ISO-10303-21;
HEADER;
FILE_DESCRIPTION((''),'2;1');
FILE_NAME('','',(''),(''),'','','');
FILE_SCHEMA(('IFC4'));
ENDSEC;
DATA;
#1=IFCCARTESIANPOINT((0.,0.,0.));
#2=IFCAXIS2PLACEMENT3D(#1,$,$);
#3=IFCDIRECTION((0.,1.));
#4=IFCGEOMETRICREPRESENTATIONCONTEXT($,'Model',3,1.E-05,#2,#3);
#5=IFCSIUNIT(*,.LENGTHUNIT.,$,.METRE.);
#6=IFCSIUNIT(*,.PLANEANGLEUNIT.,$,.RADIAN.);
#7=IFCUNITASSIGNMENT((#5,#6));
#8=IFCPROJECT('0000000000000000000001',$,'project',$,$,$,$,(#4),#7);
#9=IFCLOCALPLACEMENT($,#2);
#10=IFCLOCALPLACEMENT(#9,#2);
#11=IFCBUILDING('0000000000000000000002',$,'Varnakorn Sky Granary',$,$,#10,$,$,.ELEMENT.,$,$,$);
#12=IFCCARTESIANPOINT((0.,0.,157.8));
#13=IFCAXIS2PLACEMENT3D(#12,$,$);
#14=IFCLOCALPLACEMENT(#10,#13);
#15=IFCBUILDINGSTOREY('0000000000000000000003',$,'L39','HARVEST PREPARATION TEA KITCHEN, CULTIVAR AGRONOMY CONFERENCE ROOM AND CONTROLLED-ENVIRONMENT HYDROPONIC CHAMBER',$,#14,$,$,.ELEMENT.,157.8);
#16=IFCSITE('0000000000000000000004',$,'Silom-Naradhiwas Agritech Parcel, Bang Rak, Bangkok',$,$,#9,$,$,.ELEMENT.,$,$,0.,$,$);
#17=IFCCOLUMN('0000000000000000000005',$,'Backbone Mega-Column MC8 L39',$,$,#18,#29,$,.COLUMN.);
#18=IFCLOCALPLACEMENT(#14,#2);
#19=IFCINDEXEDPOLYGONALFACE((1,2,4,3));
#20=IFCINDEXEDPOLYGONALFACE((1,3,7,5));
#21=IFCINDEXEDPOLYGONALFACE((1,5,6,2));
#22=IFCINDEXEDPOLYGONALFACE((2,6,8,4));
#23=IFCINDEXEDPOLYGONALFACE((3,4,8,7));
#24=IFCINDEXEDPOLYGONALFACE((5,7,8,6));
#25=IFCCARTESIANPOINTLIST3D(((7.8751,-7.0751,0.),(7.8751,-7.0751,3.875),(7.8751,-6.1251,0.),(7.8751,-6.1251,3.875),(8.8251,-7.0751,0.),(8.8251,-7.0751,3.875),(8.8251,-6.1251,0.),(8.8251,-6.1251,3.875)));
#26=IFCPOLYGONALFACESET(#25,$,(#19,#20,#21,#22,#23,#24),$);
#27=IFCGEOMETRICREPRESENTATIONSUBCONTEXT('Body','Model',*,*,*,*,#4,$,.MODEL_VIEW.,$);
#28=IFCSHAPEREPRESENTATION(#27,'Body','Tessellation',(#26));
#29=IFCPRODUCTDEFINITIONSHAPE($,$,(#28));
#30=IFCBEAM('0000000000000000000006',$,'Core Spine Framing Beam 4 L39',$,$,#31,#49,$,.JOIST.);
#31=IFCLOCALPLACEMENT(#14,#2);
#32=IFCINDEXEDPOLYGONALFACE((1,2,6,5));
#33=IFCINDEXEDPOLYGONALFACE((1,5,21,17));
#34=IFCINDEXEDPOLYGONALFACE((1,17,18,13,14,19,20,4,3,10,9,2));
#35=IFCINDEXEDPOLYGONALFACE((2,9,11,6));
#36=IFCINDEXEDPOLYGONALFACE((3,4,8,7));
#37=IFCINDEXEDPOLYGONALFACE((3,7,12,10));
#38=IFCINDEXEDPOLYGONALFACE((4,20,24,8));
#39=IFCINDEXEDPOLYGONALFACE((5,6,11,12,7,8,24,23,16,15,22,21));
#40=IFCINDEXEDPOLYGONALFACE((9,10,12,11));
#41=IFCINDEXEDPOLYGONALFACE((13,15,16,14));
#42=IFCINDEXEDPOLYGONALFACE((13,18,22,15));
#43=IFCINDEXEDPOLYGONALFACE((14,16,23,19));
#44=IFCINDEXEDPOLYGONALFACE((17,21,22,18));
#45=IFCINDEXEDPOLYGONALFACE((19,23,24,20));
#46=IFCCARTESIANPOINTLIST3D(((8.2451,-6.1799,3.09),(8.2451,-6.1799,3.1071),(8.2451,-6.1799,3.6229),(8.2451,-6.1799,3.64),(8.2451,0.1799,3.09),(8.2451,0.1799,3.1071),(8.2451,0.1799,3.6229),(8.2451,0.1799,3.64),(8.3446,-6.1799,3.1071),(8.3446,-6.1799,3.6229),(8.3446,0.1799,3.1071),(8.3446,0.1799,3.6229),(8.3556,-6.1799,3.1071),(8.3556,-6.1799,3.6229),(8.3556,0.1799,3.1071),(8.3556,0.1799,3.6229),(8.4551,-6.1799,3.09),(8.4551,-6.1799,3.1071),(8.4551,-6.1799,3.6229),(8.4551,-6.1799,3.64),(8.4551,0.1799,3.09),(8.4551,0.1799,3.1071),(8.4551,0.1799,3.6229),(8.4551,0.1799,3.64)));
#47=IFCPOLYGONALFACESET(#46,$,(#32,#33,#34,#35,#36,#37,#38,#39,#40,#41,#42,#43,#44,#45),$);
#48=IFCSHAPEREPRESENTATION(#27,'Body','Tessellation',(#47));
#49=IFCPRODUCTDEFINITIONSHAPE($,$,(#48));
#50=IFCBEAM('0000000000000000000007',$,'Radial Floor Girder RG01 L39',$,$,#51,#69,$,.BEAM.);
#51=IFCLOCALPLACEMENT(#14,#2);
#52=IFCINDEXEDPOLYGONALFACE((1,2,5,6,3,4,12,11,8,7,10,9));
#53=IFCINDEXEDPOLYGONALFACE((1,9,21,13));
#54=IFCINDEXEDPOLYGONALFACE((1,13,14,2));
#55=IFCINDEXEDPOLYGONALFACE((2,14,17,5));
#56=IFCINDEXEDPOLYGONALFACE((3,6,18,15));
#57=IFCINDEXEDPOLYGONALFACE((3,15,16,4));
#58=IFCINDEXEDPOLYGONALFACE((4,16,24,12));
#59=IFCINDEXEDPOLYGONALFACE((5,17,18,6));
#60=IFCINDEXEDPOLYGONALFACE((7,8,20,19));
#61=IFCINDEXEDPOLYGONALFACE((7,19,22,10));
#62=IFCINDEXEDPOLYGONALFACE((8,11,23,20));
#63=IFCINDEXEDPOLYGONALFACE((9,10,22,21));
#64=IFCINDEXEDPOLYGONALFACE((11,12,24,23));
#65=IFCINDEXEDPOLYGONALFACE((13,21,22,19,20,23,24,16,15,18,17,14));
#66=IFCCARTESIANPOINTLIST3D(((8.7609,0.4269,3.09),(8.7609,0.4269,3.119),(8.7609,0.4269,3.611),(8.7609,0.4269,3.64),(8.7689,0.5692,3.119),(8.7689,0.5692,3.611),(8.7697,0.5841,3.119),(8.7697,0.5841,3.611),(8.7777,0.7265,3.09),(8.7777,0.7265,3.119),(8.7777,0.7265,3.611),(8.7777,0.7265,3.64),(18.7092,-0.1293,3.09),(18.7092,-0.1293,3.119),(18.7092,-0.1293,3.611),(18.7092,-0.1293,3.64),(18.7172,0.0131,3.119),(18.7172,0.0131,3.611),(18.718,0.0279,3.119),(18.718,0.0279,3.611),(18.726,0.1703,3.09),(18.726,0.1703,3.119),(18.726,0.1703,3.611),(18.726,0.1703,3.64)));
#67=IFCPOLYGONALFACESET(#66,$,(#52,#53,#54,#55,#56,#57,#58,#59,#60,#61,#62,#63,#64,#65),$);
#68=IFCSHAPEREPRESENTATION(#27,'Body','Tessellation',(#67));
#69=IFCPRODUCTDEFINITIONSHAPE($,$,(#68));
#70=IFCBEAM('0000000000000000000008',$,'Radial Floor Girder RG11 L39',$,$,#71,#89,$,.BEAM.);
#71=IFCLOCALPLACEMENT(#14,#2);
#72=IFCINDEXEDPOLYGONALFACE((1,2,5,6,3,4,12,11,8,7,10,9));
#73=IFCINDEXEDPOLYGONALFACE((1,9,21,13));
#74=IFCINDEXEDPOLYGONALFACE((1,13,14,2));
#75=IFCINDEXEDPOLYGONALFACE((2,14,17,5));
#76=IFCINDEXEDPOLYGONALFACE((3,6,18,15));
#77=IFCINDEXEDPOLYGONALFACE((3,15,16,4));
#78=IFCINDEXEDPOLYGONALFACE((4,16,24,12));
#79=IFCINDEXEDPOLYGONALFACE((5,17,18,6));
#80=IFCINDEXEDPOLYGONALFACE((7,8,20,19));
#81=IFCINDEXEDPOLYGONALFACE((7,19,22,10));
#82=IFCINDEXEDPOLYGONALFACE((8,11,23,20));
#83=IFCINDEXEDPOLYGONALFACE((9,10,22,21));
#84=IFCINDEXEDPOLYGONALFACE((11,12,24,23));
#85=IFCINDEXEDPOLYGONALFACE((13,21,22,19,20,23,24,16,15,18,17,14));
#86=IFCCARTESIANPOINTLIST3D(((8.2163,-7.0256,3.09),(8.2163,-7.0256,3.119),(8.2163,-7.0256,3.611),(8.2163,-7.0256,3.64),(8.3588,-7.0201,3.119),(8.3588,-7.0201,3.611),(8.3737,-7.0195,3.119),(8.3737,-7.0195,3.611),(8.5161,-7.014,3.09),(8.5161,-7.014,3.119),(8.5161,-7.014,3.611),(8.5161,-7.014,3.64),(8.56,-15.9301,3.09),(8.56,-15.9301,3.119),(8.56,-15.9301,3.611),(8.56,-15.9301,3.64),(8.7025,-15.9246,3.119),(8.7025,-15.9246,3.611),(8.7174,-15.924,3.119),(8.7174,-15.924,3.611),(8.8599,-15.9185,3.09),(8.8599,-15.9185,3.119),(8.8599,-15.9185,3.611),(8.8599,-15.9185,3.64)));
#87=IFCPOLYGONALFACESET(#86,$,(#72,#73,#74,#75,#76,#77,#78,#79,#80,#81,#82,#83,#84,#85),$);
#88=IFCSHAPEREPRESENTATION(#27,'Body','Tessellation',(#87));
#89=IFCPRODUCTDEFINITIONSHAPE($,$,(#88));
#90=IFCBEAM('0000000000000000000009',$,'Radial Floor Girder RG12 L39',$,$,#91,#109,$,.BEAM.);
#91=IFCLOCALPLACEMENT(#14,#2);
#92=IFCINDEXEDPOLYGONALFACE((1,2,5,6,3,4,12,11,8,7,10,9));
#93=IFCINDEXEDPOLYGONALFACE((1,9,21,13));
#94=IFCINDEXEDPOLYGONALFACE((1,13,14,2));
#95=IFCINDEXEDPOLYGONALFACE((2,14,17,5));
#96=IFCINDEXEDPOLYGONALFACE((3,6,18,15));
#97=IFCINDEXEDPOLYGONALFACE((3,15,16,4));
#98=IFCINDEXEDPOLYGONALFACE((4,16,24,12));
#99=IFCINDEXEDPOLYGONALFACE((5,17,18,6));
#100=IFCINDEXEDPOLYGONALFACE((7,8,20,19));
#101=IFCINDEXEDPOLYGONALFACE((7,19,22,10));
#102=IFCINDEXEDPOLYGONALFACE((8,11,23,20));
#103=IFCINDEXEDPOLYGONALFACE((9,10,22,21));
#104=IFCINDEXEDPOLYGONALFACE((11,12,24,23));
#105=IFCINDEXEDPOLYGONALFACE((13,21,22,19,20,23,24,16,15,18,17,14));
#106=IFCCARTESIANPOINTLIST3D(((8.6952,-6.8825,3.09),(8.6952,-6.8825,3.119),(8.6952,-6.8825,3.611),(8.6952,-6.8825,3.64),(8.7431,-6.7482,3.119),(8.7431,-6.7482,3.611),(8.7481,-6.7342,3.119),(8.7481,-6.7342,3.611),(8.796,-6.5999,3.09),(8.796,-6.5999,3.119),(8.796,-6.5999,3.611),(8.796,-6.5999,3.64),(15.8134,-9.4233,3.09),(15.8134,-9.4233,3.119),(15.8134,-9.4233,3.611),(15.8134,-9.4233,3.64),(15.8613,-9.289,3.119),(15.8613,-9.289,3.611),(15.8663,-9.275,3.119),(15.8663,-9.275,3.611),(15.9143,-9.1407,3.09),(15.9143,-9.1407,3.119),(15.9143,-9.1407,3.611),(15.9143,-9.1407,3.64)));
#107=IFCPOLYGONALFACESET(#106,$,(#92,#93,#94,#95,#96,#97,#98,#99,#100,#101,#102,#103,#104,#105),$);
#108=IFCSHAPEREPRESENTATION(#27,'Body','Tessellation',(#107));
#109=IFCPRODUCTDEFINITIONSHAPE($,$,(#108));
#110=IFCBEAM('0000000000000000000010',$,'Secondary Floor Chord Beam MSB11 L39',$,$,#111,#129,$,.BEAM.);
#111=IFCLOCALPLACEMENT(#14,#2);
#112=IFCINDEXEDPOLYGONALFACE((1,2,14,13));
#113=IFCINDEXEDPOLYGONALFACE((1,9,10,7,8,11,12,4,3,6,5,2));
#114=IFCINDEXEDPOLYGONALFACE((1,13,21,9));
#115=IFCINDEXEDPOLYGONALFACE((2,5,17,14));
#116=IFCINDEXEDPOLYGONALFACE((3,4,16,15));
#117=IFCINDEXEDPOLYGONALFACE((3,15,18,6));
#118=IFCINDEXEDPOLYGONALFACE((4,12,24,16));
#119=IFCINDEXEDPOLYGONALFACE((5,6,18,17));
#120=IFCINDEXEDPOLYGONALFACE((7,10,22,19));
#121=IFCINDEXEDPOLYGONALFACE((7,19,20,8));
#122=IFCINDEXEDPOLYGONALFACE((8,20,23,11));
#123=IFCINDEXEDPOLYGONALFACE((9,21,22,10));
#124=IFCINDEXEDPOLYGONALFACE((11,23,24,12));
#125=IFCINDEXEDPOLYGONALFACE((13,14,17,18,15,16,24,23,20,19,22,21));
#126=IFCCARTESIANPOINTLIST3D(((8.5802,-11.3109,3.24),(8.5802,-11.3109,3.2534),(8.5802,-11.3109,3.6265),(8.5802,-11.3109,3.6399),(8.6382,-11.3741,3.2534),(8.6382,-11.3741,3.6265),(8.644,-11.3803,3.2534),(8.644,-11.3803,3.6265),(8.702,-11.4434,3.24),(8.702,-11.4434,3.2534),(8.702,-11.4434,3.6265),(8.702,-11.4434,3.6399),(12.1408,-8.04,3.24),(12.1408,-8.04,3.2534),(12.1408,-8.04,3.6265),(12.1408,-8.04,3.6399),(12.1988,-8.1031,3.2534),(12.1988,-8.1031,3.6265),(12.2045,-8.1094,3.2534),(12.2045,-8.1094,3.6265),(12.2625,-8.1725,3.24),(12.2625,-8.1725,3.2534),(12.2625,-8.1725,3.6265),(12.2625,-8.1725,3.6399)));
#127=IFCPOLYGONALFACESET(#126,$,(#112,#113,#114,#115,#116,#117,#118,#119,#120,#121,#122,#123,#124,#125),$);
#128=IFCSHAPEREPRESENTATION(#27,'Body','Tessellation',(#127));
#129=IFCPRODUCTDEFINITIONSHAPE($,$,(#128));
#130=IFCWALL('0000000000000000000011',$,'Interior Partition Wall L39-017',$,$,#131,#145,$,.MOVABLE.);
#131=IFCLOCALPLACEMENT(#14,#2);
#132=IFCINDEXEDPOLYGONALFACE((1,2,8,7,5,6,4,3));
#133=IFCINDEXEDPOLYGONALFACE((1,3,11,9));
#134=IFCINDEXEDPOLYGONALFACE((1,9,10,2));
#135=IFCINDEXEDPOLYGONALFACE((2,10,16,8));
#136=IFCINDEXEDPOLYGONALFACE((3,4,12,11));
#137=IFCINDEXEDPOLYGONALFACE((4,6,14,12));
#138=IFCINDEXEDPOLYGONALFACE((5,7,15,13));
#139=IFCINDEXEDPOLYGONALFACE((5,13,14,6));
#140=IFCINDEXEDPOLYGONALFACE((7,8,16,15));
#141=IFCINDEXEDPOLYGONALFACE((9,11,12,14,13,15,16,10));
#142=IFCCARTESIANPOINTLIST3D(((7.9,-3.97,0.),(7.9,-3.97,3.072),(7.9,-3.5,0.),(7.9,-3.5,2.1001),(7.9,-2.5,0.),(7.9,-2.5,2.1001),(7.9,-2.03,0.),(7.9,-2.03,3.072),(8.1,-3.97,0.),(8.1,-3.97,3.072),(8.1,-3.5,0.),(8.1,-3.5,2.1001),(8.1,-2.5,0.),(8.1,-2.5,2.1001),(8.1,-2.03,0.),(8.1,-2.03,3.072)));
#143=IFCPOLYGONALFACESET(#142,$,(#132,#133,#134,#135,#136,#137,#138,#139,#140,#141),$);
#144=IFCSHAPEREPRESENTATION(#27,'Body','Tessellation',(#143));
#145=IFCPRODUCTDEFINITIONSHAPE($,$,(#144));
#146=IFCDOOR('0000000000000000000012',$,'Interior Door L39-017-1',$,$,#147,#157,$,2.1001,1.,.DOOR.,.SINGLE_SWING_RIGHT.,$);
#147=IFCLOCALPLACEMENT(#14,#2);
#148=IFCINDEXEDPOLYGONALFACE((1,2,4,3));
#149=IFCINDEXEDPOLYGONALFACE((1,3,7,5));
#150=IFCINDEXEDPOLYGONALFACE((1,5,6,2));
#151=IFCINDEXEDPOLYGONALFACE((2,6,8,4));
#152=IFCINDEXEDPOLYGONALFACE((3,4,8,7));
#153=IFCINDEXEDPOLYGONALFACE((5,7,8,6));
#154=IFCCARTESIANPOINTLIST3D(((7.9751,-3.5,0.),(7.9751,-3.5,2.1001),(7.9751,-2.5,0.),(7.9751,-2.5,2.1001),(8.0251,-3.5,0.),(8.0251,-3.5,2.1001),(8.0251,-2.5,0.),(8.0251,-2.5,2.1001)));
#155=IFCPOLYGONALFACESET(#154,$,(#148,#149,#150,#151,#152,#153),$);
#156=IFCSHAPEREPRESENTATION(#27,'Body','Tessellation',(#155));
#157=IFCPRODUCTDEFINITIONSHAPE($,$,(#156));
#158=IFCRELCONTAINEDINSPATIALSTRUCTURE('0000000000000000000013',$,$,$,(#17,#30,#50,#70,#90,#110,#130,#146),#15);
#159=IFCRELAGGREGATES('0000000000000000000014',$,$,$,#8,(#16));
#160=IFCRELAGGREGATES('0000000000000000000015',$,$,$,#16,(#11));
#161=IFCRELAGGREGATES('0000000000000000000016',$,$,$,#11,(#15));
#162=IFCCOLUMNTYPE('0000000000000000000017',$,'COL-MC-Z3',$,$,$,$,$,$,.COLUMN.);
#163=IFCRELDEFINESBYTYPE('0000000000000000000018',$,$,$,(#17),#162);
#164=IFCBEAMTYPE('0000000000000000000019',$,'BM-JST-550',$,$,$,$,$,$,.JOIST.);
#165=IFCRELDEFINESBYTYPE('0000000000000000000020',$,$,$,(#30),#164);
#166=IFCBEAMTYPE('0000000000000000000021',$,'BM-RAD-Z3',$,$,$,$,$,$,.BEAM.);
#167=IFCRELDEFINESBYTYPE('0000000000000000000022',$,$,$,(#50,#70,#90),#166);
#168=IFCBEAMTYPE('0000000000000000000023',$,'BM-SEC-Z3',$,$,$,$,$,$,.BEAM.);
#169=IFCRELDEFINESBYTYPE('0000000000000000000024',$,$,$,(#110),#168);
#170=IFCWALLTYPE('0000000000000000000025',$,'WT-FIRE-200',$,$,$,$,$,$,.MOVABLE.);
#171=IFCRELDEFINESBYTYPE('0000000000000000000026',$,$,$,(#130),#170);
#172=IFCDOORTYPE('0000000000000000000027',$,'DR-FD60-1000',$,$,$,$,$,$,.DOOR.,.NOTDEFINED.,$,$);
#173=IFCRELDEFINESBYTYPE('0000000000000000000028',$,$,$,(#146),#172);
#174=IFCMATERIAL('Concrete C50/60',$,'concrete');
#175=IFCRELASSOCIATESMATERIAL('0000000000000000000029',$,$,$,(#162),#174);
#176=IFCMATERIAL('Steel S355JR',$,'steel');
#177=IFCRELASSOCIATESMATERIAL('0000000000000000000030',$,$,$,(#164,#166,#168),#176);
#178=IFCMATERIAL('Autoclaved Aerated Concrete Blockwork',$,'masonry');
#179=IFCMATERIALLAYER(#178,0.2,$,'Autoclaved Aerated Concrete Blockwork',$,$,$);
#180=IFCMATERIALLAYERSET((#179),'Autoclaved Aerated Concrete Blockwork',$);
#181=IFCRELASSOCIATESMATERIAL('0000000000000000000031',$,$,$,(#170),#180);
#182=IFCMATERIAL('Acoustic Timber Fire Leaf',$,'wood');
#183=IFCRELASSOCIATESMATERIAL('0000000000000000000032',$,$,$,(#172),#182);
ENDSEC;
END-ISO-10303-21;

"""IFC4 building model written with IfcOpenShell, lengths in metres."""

from ifc_helpers import new_model, si_unit, direction, frame, frame_2d, origin, origin_2d, place, context, subcontext, project, spatial, rectangle, i_section, extrude, material, layer, layer_set, material_profile, profile_set, type_object, element, fill, save


model = new_model("IFC4")

# Units and contexts
model_context = context("Model", 3, precision=1e-05, world=origin(), true_north=direction((0.0, 1.0)))
body_context = subcontext(model_context, "Body", "Model", "MODEL_VIEW")
ifc_project = project(units=[si_unit("LENGTHUNIT", "METRE"), si_unit("PLANEANGLEUNIT", "RADIAN")], contexts=[model_context])

# Site, building, storey
site_placement = place(None, origin())
site = spatial("IfcSite", under=ifc_project, at=site_placement, Name="Silom-Naradhiwas Agritech Parcel, Bang Rak, Bangkok", CompositionType="ELEMENT", RefElevation=0.0)
building_placement = place(site_placement, origin())
building = spatial("IfcBuilding", under=site, at=building_placement, Name="Varnakorn Sky Granary", CompositionType="ELEMENT")
storey_placement = place(building_placement, frame((0.0, 0.0, 157.8)))
storey = spatial("IfcBuildingStorey", under=building, at=storey_placement, Name="L39", Description="HARVEST PREPARATION TEA KITCHEN, CULTIVAR AGRONOMY CONFERENCE ROOM AND CONTROLLED-ENVIRONMENT HYDROPONIC CHAMBER", CompositionType="ELEMENT", Elevation=157.8)

# Column
ifc_material_1 = material(Name="Concrete C50/60", Category="concrete")
ifc_material_profile_1 = material_profile(ifc_material_1, rectangle(XDim=0.95, YDim=0.95, at=origin_2d()), Name="RC 950x950")
ifc_profile_set_1 = profile_set([ifc_material_profile_1], Name="Concrete C50/60")
column_type = type_object("IfcColumnType", Name="COL-MC-Z3", PredefinedType="COLUMN", material=ifc_profile_set_1)
column_placement = place(storey_placement, frame((8.3501, -6.6001, 0.0), z_axis=(0.0, 0.0, 1.0), x_axis=(1.0, 0.0, 0.0)))
element("IfcColumn", 1, at=column_placement, inside=storey, type_object=column_type, Name="Backbone Mega-Column MC8 L39", PredefinedType="COLUMN", context=body_context, shape_type="SweptSolid", body=[
    extrude(rectangle(XDim=0.95, YDim=0.95, at=origin_2d()), origin(), (0.0, 0.0, 1.0), 3.875),
])

# Beams
ifc_material_2 = material(Name="Steel S355JR", Category="steel")
ifc_material_profile_2 = material_profile(ifc_material_2, i_section(OverallWidth=0.21, OverallDepth=0.55, WebThickness=0.011, FlangeThickness=0.0171, at=origin_2d()), Name="IPE 550")
ifc_profile_set_2 = profile_set([ifc_material_profile_2], Name="Steel S355JR")
beam_type_1 = type_object("IfcBeamType", Name="BM-JST-550", PredefinedType="JOIST", material=ifc_profile_set_2)
beam_1_placement = place(storey_placement, frame((8.3501, 0.1799, 3.365), z_axis=(0.0, -1.0, 0.0), x_axis=(1.0, 0.0, 0.0)))
element("IfcBeam", 2, at=beam_1_placement, inside=storey, type_object=beam_type_1, Name="Core Spine Framing Beam 4 L39", PredefinedType="JOIST", context=body_context, shape_type="SweptSolid", body=[
    extrude(i_section(OverallWidth=0.21, OverallDepth=0.55, WebThickness=0.011, FlangeThickness=0.0171, at=origin_2d()), origin(), (0.0, 0.0, 1.0), 6.3599),
])
ifc_material_profile_3 = material_profile(ifc_material_2, i_section(OverallWidth=0.3, OverallDepth=0.55, WebThickness=0.0149, FlangeThickness=0.0291, at=origin_2d()), Name="HE 550 B")
ifc_profile_set_3 = profile_set([ifc_material_profile_3], Name="Steel S355JR")
beam_type_2 = type_object("IfcBeamType", Name="BM-RAD-Z3", PredefinedType="BEAM", material=ifc_profile_set_3)
beam_2_placement = place(storey_placement, frame((8.7693, 0.5767, 3.365), z_axis=(0.998441, -0.055817, 0.0), x_axis=(0.055817, 0.998441, 0.0)))
element("IfcBeam", 3, at=beam_2_placement, inside=storey, type_object=beam_type_2, Name="Radial Floor Girder RG01 L39", PredefinedType="BEAM", context=body_context, shape_type="SweptSolid", body=[
    extrude(i_section(OverallWidth=0.3, OverallDepth=0.55, WebThickness=0.0149, FlangeThickness=0.0291, at=origin_2d()), origin(), (0.0, 0.0, 1.0), 9.9639),
])
beam_3_placement = place(storey_placement, frame((8.3662, -7.0198, 3.365), z_axis=(0.038575, -0.999256, 0.0), x_axis=(0.999256, 0.038575, 0.0)))
element("IfcBeam", 4, at=beam_3_placement, inside=storey, type_object=beam_type_2, Name="Radial Floor Girder RG11 L39", PredefinedType="BEAM", context=body_context, shape_type="SweptSolid", body=[
    extrude(i_section(OverallWidth=0.3, OverallDepth=0.55, WebThickness=0.0149, FlangeThickness=0.0291, at=origin_2d()), origin(), (0.0, 0.0, 1.0), 8.9111),
])
beam_4_placement = place(storey_placement, frame((8.7456, -6.7412, 3.365), z_axis=(0.941802, -0.336169, 0.0), x_axis=(0.336169, 0.941802, 0.0)))
element("IfcBeam", 5, at=beam_4_placement, inside=storey, type_object=beam_type_2, Name="Radial Floor Girder RG12 L39", PredefinedType="BEAM", context=body_context, shape_type="SweptSolid", body=[
    extrude(i_section(OverallWidth=0.3, OverallDepth=0.55, WebThickness=0.0149, FlangeThickness=0.0291, at=origin_2d()), origin(), (0.0, 0.0, 1.0), 7.5581),
])
ifc_material_profile_4 = material_profile(ifc_material_2, i_section(OverallWidth=0.1799, OverallDepth=0.3999, WebThickness=0.0085, FlangeThickness=0.0134, at=origin_2d()), Name="IPE 400")
ifc_profile_set_4 = profile_set([ifc_material_profile_4], Name="Steel S355JR")
beam_type_3 = type_object("IfcBeamType", Name="BM-SEC-Z3", PredefinedType="BEAM", material=ifc_profile_set_4)
beam_5_placement = place(storey_placement, frame((8.6411, -11.3772, 3.4399), z_axis=(0.736416, 0.676529, 0.0), x_axis=(-0.676529, 0.736416, 0.0)))
element("IfcBeam", 6, at=beam_5_placement, inside=storey, type_object=beam_type_3, Name="Secondary Floor Chord Beam MSB11 L39", PredefinedType="BEAM", context=body_context, shape_type="SweptSolid", body=[
    extrude(i_section(OverallWidth=0.1799, OverallDepth=0.3999, WebThickness=0.0085, FlangeThickness=0.0134, at=origin_2d()), origin(), (0.0, 0.0, 1.0), 4.835),
])

# Wall, opening, door
ifc_material_3 = material(Name="Autoclaved Aerated Concrete Blockwork", Category="masonry")
ifc_layer_1 = layer(ifc_material_3, 0.2, Name="Autoclaved Aerated Concrete Blockwork")
ifc_layer_set_1 = layer_set([ifc_layer_1], Name="Autoclaved Aerated Concrete Blockwork")
wall_type_1 = type_object("IfcWallType", Name="WT-FIRE-200", PredefinedType="MOVABLE", material=ifc_layer_set_1)
wall_1_placement = place(storey_placement, frame((8.0, -3.97, 0.0), z_axis=(0.0, 0.0, 1.0), x_axis=(0.0, 1.0, 0.0)))
wall_1 = element("IfcWall", 7, at=wall_1_placement, inside=storey, type_object=wall_type_1, Name="Interior Partition Wall L39-017", PredefinedType="MOVABLE", context=body_context, shape_type="SweptSolid", body=[
    extrude(rectangle(XDim=1.9399, YDim=0.2, at=frame_2d((0.97, 0.0))), origin(), (0.0, 0.0, 1.0), 3.072),
])
opening_1_placement = place(wall_1_placement, frame((0.47, 0.0, 0.0)))
opening_1 = element("IfcOpeningElement", 8, at=opening_1_placement, cuts=wall_1, PredefinedType="OPENING", context=body_context, shape_type="SweptSolid", body=[
    extrude(rectangle(XDim=1.0, YDim=2.1001, at=frame_2d((0.5, 1.05))), frame((0.0, 0.1099, 0.0), z_axis=(0.0, -1.0, 0.0), x_axis=(1.0, 0.0, 0.0)), (0.0, 0.0, 1.0), 0.22),
])
ifc_material_4 = material(Name="Acoustic Timber Fire Leaf", Category="wood")
door_type_1 = type_object("IfcDoorType", Name="DR-FD60-1000", OperationType="NOTDEFINED", PredefinedType="DOOR", material=ifc_material_4)
door_1_placement = place(opening_1_placement, origin())
door_1 = element("IfcDoor", 9, at=door_1_placement, inside=storey, type_object=door_type_1, Name="Interior Door L39-017-1", OperationType="SINGLE_SWING_RIGHT", OverallHeight=2.1001, OverallWidth=1.0, PredefinedType="DOOR", context=body_context, shape_type="SweptSolid", body=[
    extrude(rectangle(XDim=1.0, YDim=2.1001, at=frame_2d((0.5, 1.05))), frame((0.0, 0.0249, 0.0), z_axis=(0.0, -1.0, 0.0), x_axis=(1.0, 0.0, 0.0)), (0.0, 0.0, 1.0), 0.05),
])
fill(opening_1, door_1)

save(model, "model.ifc")
